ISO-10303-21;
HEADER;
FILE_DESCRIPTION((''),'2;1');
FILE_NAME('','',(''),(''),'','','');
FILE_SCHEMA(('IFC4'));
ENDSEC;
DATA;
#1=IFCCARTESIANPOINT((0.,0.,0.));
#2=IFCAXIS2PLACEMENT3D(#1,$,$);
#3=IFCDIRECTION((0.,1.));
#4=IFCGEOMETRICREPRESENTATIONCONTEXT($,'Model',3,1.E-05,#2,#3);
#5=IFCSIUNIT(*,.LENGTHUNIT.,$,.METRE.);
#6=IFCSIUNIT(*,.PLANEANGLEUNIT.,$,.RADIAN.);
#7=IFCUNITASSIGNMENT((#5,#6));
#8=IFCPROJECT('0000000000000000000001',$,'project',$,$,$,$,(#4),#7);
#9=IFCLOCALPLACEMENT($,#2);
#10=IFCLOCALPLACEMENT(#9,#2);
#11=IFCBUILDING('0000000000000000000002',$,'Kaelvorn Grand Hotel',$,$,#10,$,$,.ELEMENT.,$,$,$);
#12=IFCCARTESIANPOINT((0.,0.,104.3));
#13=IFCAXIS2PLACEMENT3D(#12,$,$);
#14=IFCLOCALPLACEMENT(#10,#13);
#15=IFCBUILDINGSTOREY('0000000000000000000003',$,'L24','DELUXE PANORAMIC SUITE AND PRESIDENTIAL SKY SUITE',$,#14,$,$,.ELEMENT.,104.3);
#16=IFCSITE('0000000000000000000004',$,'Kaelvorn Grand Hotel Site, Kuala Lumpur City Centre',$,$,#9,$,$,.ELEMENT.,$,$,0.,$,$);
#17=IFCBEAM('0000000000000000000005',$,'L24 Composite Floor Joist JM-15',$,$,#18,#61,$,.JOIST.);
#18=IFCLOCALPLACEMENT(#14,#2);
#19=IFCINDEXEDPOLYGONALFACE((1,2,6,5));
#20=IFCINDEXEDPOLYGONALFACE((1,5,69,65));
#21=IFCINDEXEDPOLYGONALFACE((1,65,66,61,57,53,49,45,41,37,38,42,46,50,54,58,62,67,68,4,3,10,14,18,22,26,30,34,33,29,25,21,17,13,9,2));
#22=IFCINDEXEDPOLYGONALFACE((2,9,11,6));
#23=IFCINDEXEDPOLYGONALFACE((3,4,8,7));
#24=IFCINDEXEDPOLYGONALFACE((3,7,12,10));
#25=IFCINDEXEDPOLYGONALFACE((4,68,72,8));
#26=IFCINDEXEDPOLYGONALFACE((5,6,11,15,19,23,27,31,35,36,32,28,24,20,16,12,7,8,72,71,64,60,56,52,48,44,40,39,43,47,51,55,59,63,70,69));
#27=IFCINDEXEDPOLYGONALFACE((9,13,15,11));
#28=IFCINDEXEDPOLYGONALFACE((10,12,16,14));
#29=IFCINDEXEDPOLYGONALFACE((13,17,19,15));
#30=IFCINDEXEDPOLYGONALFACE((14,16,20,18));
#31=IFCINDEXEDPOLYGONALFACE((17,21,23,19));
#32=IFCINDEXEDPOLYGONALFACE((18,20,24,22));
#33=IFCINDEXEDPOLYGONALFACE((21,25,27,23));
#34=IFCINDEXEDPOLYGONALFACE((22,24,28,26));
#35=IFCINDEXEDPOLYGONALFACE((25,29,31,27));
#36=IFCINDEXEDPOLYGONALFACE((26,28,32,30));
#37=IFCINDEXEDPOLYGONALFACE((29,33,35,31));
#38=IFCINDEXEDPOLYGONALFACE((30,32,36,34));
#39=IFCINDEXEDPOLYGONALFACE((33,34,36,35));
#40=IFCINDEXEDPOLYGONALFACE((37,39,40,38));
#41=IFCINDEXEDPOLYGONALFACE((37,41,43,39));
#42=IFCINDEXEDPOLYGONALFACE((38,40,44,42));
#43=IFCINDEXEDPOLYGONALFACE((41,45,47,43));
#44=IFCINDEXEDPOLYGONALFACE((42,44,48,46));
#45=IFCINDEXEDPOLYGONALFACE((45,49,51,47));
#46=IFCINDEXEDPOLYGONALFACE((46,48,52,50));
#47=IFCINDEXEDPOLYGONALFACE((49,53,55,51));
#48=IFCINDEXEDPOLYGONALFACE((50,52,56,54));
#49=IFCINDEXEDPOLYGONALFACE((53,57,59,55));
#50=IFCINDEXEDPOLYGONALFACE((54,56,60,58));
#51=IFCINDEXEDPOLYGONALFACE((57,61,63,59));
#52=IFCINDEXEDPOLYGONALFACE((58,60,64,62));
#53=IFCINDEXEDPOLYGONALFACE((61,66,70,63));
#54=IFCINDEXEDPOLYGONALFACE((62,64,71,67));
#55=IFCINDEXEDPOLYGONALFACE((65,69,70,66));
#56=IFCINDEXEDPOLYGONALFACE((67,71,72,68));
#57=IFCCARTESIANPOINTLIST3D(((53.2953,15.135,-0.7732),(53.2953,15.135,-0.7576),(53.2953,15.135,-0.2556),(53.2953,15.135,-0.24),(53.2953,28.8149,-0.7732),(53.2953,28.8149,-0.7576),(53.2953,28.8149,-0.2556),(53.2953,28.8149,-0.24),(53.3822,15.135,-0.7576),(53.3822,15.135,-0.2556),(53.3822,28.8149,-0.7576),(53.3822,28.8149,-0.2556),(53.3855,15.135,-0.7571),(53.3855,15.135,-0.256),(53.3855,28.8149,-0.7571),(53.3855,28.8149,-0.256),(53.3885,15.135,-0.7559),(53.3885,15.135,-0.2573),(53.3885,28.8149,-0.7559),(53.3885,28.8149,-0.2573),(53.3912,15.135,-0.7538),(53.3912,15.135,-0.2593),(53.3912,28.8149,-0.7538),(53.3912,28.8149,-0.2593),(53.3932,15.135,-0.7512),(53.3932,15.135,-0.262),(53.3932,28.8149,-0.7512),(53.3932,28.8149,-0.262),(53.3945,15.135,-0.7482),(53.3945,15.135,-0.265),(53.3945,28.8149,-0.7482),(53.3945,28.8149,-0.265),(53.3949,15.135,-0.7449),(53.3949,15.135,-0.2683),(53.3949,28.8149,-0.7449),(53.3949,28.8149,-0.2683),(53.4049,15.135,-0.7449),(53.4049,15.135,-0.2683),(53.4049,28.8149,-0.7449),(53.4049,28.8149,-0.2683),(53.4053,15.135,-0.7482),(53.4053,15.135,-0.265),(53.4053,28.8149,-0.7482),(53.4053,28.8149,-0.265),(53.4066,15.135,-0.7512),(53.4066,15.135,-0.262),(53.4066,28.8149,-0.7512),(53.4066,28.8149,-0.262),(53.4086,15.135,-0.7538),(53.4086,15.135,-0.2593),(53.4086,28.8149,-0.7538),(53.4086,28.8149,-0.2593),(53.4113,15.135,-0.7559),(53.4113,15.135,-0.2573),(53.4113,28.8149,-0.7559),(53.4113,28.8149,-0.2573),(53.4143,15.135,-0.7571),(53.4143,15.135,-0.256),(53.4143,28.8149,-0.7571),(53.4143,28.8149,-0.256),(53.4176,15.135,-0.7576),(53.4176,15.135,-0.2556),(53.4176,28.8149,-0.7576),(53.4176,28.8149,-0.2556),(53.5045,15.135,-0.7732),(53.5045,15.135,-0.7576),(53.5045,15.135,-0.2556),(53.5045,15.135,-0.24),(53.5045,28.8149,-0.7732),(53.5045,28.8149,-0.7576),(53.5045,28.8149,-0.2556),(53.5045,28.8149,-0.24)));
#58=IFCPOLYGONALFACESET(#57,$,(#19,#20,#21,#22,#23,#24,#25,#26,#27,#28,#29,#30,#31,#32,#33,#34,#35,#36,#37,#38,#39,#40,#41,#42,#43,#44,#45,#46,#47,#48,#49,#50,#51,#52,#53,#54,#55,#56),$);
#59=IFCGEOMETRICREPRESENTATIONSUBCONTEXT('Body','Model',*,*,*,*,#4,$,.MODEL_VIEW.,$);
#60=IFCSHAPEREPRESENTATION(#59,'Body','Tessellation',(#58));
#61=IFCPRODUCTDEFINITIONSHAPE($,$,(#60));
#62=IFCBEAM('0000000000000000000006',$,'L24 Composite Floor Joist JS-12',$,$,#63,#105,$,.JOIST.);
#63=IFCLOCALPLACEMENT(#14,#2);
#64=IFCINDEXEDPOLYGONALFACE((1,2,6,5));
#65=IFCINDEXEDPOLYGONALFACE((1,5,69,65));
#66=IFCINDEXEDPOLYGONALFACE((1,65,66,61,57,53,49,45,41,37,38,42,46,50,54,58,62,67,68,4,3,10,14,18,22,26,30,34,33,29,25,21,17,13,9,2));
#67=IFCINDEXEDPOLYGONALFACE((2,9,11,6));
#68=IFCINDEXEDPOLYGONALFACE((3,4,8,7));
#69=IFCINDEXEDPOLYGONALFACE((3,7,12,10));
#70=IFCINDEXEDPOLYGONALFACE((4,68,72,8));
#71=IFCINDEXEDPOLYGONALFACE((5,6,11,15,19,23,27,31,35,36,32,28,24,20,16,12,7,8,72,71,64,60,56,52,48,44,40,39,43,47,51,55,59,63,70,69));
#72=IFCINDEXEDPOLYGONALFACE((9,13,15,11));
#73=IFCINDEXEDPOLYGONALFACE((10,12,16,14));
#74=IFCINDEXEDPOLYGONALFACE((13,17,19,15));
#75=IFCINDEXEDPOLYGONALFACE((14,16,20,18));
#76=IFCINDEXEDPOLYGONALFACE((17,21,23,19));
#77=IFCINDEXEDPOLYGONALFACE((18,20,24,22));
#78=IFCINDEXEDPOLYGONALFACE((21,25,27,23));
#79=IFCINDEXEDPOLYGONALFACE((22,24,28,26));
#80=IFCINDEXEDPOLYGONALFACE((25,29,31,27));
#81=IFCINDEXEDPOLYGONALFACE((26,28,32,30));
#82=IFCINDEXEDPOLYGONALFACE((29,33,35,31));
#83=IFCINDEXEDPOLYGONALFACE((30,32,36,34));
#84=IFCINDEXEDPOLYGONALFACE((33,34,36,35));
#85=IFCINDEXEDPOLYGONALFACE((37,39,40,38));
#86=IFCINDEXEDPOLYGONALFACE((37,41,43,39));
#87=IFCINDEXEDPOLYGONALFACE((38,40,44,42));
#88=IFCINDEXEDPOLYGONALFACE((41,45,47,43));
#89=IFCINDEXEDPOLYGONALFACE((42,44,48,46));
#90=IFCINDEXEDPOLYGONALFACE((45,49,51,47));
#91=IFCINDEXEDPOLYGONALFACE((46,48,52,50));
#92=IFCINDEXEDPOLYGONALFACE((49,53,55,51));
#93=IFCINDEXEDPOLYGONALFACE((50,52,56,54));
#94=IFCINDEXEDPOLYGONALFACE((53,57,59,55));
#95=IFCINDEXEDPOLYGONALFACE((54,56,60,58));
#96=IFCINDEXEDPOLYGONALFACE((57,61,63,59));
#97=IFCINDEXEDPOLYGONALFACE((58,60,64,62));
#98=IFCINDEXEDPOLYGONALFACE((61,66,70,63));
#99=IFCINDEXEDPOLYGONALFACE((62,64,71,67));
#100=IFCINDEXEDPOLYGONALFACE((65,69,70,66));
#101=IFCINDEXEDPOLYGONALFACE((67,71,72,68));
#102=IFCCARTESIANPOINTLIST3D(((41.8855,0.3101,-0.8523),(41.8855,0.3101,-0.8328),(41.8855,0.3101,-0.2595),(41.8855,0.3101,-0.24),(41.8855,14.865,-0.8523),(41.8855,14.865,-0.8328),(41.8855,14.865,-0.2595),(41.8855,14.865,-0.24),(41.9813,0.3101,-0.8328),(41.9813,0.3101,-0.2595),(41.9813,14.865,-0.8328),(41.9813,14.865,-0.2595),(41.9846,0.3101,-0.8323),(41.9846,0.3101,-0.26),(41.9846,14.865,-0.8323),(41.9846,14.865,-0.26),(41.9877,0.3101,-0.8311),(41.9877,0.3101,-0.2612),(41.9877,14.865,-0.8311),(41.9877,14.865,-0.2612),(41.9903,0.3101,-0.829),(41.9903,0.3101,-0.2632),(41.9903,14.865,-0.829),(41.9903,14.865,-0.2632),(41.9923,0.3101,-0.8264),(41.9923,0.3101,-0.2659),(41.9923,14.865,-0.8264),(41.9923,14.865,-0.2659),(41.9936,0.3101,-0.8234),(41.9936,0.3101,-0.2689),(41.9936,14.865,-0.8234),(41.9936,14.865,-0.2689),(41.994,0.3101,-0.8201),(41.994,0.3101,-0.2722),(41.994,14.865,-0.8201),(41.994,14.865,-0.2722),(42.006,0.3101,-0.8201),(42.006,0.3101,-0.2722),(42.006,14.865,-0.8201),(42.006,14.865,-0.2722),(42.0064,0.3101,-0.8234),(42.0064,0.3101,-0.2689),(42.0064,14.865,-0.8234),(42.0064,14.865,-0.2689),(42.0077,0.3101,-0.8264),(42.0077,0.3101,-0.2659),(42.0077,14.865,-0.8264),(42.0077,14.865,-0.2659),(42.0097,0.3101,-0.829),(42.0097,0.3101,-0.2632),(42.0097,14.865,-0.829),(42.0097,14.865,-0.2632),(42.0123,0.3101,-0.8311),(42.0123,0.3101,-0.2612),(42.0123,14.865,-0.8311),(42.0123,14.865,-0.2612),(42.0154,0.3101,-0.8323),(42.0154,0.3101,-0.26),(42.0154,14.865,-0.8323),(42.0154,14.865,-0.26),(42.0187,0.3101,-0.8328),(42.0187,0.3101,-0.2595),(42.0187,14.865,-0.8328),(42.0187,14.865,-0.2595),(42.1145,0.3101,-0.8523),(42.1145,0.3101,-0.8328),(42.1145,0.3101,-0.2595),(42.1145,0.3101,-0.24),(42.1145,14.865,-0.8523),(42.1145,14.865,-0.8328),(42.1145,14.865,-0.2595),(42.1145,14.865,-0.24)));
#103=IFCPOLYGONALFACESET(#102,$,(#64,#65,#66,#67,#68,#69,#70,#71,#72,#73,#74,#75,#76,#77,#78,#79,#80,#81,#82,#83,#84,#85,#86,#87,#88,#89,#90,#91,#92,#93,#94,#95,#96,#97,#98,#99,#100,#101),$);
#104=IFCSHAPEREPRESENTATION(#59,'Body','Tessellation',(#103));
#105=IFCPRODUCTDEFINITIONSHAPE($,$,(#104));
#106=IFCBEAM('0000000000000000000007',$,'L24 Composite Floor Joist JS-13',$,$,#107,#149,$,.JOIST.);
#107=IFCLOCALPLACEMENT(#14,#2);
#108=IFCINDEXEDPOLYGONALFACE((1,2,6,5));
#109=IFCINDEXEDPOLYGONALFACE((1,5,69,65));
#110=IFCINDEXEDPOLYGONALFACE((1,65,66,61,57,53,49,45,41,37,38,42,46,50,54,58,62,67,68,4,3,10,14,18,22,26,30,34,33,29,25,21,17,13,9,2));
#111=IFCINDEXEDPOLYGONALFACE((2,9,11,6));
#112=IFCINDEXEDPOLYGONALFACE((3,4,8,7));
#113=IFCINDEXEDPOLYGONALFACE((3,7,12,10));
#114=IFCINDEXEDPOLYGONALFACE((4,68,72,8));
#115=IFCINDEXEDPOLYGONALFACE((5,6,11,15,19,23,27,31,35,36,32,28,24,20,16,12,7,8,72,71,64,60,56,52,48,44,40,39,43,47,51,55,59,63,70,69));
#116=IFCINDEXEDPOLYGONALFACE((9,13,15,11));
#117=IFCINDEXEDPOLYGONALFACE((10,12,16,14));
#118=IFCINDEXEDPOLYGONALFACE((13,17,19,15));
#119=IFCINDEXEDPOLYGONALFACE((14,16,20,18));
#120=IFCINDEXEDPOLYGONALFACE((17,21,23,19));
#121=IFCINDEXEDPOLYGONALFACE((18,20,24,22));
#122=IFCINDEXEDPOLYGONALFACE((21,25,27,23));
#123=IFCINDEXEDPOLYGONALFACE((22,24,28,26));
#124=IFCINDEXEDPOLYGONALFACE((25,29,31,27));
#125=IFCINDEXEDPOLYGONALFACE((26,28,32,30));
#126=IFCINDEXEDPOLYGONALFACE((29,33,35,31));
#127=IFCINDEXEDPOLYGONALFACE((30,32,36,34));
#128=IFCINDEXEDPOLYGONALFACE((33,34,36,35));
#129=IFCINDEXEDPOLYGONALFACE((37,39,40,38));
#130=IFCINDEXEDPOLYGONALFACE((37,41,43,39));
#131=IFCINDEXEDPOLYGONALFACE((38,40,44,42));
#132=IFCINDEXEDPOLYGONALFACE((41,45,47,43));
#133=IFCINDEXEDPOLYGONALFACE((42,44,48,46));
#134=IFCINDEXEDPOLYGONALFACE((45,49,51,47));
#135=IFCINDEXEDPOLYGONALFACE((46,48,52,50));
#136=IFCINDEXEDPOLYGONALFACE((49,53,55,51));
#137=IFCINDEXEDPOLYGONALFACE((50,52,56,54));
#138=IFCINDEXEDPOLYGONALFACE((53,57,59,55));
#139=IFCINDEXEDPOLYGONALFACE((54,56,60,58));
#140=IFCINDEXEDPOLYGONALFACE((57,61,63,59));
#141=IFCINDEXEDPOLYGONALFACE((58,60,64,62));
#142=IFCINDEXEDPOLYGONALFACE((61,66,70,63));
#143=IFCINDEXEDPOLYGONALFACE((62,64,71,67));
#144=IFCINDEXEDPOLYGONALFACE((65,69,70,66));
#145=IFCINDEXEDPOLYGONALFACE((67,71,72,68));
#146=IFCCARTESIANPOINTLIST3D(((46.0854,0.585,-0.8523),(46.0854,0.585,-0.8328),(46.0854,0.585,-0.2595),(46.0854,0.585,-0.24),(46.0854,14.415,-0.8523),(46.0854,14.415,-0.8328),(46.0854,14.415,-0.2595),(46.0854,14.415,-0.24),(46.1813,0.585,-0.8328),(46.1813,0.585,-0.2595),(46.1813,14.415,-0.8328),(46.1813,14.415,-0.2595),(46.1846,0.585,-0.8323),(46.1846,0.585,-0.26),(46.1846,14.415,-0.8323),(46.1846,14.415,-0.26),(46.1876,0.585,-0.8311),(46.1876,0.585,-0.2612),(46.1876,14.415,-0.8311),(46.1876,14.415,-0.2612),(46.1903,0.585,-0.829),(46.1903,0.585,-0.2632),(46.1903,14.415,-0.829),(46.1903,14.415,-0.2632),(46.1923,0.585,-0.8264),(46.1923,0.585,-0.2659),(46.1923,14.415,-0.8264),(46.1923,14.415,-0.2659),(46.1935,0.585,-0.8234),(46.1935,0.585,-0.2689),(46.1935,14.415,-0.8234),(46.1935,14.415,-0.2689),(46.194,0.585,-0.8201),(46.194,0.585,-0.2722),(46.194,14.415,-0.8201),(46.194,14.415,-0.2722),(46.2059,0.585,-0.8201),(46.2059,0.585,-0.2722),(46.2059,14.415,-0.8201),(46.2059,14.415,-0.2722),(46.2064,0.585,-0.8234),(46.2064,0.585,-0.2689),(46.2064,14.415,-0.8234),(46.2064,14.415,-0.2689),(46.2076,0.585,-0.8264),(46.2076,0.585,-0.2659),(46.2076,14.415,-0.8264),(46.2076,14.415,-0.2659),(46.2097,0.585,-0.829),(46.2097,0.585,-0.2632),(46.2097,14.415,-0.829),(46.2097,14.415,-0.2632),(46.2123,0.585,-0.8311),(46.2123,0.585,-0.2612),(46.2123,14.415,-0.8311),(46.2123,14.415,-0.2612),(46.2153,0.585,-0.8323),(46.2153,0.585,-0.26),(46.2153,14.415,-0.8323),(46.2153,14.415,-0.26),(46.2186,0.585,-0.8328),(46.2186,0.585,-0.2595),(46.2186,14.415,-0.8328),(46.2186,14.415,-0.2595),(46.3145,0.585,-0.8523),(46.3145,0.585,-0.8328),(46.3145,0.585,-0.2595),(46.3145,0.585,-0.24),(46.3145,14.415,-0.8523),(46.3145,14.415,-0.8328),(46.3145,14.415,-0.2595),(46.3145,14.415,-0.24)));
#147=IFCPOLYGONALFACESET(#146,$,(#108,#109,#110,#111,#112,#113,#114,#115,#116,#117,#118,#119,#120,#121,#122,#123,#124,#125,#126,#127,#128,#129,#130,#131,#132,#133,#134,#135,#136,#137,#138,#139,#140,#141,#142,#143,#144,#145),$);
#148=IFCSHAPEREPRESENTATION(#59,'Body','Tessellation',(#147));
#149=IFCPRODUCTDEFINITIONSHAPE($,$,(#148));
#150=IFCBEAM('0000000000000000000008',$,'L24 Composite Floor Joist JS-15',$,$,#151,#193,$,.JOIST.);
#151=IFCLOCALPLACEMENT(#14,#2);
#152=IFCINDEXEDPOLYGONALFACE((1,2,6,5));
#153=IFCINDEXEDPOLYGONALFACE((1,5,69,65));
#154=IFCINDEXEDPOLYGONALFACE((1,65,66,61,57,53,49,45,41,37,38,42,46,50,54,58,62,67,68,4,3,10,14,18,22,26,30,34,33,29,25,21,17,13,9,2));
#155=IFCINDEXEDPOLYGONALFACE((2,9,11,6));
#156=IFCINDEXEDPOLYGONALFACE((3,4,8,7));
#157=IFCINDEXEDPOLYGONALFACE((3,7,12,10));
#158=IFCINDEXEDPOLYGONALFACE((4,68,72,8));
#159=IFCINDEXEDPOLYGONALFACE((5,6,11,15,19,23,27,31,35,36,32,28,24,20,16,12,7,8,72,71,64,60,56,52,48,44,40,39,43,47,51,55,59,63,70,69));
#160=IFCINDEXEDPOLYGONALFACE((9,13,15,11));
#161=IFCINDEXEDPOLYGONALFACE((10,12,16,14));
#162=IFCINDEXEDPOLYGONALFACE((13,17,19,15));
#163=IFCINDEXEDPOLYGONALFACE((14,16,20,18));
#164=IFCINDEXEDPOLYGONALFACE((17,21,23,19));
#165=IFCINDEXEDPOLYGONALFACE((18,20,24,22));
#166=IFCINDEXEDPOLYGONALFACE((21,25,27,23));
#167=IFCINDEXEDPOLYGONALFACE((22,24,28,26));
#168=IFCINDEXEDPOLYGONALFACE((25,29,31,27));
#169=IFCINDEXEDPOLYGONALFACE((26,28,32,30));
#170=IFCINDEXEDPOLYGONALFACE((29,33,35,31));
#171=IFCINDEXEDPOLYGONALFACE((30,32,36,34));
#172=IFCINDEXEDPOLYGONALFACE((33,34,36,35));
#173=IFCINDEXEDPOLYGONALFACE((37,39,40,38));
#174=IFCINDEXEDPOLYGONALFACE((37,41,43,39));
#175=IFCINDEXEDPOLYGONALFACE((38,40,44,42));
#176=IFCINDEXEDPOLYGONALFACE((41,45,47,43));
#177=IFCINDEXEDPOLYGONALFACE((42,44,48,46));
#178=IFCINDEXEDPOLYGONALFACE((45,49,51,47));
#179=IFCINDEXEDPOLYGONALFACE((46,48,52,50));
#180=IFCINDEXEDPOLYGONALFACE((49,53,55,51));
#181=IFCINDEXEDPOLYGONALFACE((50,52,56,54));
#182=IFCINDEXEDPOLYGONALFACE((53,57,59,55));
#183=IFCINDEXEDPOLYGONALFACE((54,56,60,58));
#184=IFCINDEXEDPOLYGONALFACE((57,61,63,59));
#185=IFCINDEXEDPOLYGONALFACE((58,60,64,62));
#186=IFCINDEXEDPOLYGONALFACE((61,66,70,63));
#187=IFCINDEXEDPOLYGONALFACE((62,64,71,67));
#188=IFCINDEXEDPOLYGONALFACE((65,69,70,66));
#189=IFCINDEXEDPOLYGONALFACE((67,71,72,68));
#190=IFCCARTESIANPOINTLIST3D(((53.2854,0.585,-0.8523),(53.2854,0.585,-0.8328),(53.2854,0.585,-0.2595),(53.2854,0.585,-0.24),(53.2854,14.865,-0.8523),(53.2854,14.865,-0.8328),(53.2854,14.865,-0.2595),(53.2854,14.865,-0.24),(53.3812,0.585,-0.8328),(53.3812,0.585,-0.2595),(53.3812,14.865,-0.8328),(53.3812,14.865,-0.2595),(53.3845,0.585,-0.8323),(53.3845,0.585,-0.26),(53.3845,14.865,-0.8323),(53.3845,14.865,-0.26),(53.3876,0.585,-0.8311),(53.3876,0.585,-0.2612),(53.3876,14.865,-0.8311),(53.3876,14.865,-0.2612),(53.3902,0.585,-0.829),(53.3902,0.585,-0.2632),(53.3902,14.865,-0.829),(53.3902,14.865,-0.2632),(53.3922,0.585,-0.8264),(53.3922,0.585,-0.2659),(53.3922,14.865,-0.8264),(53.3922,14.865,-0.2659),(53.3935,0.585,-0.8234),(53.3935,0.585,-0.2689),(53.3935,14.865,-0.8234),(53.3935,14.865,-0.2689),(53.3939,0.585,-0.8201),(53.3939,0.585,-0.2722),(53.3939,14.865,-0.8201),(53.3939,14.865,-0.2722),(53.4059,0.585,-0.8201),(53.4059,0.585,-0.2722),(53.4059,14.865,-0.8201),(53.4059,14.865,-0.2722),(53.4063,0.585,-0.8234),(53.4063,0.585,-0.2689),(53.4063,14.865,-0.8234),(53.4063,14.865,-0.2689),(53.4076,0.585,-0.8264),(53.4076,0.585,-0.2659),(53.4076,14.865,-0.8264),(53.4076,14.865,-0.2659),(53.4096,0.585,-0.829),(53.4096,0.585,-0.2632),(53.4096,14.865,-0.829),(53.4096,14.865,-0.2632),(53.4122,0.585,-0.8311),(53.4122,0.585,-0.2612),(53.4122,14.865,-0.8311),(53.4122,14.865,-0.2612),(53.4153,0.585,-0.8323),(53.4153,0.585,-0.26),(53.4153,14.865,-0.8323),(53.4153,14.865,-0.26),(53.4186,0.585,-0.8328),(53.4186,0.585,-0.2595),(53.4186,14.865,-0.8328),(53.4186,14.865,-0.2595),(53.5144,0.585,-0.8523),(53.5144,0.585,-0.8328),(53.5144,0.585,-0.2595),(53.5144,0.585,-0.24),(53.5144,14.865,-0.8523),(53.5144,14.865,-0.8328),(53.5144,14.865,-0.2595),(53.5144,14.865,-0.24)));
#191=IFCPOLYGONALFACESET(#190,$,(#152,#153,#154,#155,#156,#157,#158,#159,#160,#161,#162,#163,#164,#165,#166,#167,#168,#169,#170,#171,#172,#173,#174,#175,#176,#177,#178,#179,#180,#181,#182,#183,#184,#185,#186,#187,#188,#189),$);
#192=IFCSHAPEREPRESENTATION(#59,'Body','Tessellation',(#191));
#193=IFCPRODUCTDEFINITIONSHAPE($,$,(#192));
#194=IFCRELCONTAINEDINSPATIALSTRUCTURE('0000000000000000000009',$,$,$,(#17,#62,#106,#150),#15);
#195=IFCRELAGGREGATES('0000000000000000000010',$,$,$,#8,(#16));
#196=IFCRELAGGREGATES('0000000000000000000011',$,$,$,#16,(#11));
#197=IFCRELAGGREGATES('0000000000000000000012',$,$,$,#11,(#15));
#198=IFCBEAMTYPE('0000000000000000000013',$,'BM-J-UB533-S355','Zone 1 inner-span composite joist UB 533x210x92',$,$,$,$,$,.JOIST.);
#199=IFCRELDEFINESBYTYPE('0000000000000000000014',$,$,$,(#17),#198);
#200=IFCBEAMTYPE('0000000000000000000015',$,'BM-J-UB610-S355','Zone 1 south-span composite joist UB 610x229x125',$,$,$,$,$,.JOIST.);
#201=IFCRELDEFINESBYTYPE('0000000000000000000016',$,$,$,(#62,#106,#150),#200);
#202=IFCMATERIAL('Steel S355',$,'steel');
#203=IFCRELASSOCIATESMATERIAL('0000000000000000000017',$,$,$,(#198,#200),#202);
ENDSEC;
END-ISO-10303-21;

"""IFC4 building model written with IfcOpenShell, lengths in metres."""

from ifc_helpers import new_model, si_unit, direction, frame, origin, origin_2d, place, context, subcontext, project, spatial, i_section, extrude, material, material_profile, profile_set, type_object, element, save


model = new_model("IFC4")

# Units and contexts
model_context = context("Model", 3, precision=1e-05, world=origin(), true_north=direction((0.0, 1.0)))
body_context = subcontext(model_context, "Body", "Model", "MODEL_VIEW")
ifc_project = project(units=[si_unit("LENGTHUNIT", "METRE"), si_unit("PLANEANGLEUNIT", "RADIAN")], contexts=[model_context])

# Site, building, storey
site_placement = place(None, origin())
site = spatial("IfcSite", under=ifc_project, at=site_placement, Name="Kaelvorn Grand Hotel Site, Kuala Lumpur City Centre", CompositionType="ELEMENT", RefElevation=0.0)
building_placement = place(site_placement, origin())
building = spatial("IfcBuilding", under=site, at=building_placement, Name="Kaelvorn Grand Hotel", CompositionType="ELEMENT")
storey_placement = place(building_placement, frame((0.0, 0.0, 104.3)))
storey = spatial("IfcBuildingStorey", under=building, at=storey_placement, Name="L24", Description="DELUXE PANORAMIC SUITE AND PRESIDENTIAL SKY SUITE", CompositionType="ELEMENT", Elevation=104.3)

# Beams
ifc_material_1 = material(Name="Steel S355", Category="steel")
ifc_material_profile_1 = material_profile(ifc_material_1, i_section(OverallWidth=0.2092, OverallDepth=0.5332, WebThickness=0.01, FlangeThickness=0.0156, FilletRadius=0.0127, at=origin_2d()), Name="UB 533x210x92")
ifc_profile_set_1 = profile_set([ifc_material_profile_1], Name="Steel S355")
beam_type_1 = type_object("IfcBeamType", Name="BM-J-UB533-S355", Description="Zone 1 inner-span composite joist UB 533x210x92", PredefinedType="JOIST", material=ifc_profile_set_1)
beam_1_placement = place(storey_placement, frame((53.3999, 15.135, -0.5066), z_axis=(0.0, 1.0, 0.0), x_axis=(-1.0, 0.0, 0.0)))
element("IfcBeam", 1, at=beam_1_placement, inside=storey, type_object=beam_type_1, Name="L24 Composite Floor Joist JM-15", PredefinedType="JOIST", context=body_context, shape_type="SweptSolid", body=[
    extrude(i_section(OverallWidth=0.2092, OverallDepth=0.5332, WebThickness=0.01, FlangeThickness=0.0156, FilletRadius=0.0127, at=origin_2d()), origin(), (0.0, 0.0, 1.0), 13.6799),
])
ifc_material_profile_2 = material_profile(ifc_material_1, i_section(OverallWidth=0.229, OverallDepth=0.6123, WebThickness=0.012, FlangeThickness=0.0195, FilletRadius=0.0127, at=origin_2d()), Name="UB 610x229x125")
ifc_profile_set_2 = profile_set([ifc_material_profile_2], Name="Steel S355")
beam_type_2 = type_object("IfcBeamType", Name="BM-J-UB610-S355", Description="Zone 1 south-span composite joist UB 610x229x125", PredefinedType="JOIST", material=ifc_profile_set_2)
beam_2_placement = place(storey_placement, frame((42.0, 0.3101, -0.5461), z_axis=(0.0, 1.0, 0.0), x_axis=(-1.0, 0.0, 0.0)))
element("IfcBeam", 2, at=beam_2_placement, inside=storey, type_object=beam_type_2, Name="L24 Composite Floor Joist JS-12", PredefinedType="JOIST", context=body_context, shape_type="SweptSolid", body=[
    extrude(i_section(OverallWidth=0.229, OverallDepth=0.6123, WebThickness=0.012, FlangeThickness=0.0195, FilletRadius=0.0127, at=origin_2d()), origin(), (0.0, 0.0, 1.0), 14.5549),
])
beam_3_placement = place(storey_placement, frame((46.2, 0.585, -0.5461), z_axis=(0.0, 1.0, 0.0), x_axis=(-1.0, 0.0, 0.0)))
element("IfcBeam", 3, at=beam_3_placement, inside=storey, type_object=beam_type_2, Name="L24 Composite Floor Joist JS-13", PredefinedType="JOIST", context=body_context, shape_type="SweptSolid", body=[
    extrude(i_section(OverallWidth=0.229, OverallDepth=0.6123, WebThickness=0.012, FlangeThickness=0.0195, FilletRadius=0.0127, at=origin_2d()), origin(), (0.0, 0.0, 1.0), 13.8301),
])
beam_4_placement = place(storey_placement, frame((53.3999, 0.585, -0.5461), z_axis=(0.0, 1.0, 0.0), x_axis=(-1.0, 0.0, 0.0)))
element("IfcBeam", 4, at=beam_4_placement, inside=storey, type_object=beam_type_2, Name="L24 Composite Floor Joist JS-15", PredefinedType="JOIST", context=body_context, shape_type="SweptSolid", body=[
    extrude(i_section(OverallWidth=0.229, OverallDepth=0.6123, WebThickness=0.012, FlangeThickness=0.0195, FilletRadius=0.0127, at=origin_2d()), origin(), (0.0, 0.0, 1.0), 14.28),
])

save(model, "model.ifc")
